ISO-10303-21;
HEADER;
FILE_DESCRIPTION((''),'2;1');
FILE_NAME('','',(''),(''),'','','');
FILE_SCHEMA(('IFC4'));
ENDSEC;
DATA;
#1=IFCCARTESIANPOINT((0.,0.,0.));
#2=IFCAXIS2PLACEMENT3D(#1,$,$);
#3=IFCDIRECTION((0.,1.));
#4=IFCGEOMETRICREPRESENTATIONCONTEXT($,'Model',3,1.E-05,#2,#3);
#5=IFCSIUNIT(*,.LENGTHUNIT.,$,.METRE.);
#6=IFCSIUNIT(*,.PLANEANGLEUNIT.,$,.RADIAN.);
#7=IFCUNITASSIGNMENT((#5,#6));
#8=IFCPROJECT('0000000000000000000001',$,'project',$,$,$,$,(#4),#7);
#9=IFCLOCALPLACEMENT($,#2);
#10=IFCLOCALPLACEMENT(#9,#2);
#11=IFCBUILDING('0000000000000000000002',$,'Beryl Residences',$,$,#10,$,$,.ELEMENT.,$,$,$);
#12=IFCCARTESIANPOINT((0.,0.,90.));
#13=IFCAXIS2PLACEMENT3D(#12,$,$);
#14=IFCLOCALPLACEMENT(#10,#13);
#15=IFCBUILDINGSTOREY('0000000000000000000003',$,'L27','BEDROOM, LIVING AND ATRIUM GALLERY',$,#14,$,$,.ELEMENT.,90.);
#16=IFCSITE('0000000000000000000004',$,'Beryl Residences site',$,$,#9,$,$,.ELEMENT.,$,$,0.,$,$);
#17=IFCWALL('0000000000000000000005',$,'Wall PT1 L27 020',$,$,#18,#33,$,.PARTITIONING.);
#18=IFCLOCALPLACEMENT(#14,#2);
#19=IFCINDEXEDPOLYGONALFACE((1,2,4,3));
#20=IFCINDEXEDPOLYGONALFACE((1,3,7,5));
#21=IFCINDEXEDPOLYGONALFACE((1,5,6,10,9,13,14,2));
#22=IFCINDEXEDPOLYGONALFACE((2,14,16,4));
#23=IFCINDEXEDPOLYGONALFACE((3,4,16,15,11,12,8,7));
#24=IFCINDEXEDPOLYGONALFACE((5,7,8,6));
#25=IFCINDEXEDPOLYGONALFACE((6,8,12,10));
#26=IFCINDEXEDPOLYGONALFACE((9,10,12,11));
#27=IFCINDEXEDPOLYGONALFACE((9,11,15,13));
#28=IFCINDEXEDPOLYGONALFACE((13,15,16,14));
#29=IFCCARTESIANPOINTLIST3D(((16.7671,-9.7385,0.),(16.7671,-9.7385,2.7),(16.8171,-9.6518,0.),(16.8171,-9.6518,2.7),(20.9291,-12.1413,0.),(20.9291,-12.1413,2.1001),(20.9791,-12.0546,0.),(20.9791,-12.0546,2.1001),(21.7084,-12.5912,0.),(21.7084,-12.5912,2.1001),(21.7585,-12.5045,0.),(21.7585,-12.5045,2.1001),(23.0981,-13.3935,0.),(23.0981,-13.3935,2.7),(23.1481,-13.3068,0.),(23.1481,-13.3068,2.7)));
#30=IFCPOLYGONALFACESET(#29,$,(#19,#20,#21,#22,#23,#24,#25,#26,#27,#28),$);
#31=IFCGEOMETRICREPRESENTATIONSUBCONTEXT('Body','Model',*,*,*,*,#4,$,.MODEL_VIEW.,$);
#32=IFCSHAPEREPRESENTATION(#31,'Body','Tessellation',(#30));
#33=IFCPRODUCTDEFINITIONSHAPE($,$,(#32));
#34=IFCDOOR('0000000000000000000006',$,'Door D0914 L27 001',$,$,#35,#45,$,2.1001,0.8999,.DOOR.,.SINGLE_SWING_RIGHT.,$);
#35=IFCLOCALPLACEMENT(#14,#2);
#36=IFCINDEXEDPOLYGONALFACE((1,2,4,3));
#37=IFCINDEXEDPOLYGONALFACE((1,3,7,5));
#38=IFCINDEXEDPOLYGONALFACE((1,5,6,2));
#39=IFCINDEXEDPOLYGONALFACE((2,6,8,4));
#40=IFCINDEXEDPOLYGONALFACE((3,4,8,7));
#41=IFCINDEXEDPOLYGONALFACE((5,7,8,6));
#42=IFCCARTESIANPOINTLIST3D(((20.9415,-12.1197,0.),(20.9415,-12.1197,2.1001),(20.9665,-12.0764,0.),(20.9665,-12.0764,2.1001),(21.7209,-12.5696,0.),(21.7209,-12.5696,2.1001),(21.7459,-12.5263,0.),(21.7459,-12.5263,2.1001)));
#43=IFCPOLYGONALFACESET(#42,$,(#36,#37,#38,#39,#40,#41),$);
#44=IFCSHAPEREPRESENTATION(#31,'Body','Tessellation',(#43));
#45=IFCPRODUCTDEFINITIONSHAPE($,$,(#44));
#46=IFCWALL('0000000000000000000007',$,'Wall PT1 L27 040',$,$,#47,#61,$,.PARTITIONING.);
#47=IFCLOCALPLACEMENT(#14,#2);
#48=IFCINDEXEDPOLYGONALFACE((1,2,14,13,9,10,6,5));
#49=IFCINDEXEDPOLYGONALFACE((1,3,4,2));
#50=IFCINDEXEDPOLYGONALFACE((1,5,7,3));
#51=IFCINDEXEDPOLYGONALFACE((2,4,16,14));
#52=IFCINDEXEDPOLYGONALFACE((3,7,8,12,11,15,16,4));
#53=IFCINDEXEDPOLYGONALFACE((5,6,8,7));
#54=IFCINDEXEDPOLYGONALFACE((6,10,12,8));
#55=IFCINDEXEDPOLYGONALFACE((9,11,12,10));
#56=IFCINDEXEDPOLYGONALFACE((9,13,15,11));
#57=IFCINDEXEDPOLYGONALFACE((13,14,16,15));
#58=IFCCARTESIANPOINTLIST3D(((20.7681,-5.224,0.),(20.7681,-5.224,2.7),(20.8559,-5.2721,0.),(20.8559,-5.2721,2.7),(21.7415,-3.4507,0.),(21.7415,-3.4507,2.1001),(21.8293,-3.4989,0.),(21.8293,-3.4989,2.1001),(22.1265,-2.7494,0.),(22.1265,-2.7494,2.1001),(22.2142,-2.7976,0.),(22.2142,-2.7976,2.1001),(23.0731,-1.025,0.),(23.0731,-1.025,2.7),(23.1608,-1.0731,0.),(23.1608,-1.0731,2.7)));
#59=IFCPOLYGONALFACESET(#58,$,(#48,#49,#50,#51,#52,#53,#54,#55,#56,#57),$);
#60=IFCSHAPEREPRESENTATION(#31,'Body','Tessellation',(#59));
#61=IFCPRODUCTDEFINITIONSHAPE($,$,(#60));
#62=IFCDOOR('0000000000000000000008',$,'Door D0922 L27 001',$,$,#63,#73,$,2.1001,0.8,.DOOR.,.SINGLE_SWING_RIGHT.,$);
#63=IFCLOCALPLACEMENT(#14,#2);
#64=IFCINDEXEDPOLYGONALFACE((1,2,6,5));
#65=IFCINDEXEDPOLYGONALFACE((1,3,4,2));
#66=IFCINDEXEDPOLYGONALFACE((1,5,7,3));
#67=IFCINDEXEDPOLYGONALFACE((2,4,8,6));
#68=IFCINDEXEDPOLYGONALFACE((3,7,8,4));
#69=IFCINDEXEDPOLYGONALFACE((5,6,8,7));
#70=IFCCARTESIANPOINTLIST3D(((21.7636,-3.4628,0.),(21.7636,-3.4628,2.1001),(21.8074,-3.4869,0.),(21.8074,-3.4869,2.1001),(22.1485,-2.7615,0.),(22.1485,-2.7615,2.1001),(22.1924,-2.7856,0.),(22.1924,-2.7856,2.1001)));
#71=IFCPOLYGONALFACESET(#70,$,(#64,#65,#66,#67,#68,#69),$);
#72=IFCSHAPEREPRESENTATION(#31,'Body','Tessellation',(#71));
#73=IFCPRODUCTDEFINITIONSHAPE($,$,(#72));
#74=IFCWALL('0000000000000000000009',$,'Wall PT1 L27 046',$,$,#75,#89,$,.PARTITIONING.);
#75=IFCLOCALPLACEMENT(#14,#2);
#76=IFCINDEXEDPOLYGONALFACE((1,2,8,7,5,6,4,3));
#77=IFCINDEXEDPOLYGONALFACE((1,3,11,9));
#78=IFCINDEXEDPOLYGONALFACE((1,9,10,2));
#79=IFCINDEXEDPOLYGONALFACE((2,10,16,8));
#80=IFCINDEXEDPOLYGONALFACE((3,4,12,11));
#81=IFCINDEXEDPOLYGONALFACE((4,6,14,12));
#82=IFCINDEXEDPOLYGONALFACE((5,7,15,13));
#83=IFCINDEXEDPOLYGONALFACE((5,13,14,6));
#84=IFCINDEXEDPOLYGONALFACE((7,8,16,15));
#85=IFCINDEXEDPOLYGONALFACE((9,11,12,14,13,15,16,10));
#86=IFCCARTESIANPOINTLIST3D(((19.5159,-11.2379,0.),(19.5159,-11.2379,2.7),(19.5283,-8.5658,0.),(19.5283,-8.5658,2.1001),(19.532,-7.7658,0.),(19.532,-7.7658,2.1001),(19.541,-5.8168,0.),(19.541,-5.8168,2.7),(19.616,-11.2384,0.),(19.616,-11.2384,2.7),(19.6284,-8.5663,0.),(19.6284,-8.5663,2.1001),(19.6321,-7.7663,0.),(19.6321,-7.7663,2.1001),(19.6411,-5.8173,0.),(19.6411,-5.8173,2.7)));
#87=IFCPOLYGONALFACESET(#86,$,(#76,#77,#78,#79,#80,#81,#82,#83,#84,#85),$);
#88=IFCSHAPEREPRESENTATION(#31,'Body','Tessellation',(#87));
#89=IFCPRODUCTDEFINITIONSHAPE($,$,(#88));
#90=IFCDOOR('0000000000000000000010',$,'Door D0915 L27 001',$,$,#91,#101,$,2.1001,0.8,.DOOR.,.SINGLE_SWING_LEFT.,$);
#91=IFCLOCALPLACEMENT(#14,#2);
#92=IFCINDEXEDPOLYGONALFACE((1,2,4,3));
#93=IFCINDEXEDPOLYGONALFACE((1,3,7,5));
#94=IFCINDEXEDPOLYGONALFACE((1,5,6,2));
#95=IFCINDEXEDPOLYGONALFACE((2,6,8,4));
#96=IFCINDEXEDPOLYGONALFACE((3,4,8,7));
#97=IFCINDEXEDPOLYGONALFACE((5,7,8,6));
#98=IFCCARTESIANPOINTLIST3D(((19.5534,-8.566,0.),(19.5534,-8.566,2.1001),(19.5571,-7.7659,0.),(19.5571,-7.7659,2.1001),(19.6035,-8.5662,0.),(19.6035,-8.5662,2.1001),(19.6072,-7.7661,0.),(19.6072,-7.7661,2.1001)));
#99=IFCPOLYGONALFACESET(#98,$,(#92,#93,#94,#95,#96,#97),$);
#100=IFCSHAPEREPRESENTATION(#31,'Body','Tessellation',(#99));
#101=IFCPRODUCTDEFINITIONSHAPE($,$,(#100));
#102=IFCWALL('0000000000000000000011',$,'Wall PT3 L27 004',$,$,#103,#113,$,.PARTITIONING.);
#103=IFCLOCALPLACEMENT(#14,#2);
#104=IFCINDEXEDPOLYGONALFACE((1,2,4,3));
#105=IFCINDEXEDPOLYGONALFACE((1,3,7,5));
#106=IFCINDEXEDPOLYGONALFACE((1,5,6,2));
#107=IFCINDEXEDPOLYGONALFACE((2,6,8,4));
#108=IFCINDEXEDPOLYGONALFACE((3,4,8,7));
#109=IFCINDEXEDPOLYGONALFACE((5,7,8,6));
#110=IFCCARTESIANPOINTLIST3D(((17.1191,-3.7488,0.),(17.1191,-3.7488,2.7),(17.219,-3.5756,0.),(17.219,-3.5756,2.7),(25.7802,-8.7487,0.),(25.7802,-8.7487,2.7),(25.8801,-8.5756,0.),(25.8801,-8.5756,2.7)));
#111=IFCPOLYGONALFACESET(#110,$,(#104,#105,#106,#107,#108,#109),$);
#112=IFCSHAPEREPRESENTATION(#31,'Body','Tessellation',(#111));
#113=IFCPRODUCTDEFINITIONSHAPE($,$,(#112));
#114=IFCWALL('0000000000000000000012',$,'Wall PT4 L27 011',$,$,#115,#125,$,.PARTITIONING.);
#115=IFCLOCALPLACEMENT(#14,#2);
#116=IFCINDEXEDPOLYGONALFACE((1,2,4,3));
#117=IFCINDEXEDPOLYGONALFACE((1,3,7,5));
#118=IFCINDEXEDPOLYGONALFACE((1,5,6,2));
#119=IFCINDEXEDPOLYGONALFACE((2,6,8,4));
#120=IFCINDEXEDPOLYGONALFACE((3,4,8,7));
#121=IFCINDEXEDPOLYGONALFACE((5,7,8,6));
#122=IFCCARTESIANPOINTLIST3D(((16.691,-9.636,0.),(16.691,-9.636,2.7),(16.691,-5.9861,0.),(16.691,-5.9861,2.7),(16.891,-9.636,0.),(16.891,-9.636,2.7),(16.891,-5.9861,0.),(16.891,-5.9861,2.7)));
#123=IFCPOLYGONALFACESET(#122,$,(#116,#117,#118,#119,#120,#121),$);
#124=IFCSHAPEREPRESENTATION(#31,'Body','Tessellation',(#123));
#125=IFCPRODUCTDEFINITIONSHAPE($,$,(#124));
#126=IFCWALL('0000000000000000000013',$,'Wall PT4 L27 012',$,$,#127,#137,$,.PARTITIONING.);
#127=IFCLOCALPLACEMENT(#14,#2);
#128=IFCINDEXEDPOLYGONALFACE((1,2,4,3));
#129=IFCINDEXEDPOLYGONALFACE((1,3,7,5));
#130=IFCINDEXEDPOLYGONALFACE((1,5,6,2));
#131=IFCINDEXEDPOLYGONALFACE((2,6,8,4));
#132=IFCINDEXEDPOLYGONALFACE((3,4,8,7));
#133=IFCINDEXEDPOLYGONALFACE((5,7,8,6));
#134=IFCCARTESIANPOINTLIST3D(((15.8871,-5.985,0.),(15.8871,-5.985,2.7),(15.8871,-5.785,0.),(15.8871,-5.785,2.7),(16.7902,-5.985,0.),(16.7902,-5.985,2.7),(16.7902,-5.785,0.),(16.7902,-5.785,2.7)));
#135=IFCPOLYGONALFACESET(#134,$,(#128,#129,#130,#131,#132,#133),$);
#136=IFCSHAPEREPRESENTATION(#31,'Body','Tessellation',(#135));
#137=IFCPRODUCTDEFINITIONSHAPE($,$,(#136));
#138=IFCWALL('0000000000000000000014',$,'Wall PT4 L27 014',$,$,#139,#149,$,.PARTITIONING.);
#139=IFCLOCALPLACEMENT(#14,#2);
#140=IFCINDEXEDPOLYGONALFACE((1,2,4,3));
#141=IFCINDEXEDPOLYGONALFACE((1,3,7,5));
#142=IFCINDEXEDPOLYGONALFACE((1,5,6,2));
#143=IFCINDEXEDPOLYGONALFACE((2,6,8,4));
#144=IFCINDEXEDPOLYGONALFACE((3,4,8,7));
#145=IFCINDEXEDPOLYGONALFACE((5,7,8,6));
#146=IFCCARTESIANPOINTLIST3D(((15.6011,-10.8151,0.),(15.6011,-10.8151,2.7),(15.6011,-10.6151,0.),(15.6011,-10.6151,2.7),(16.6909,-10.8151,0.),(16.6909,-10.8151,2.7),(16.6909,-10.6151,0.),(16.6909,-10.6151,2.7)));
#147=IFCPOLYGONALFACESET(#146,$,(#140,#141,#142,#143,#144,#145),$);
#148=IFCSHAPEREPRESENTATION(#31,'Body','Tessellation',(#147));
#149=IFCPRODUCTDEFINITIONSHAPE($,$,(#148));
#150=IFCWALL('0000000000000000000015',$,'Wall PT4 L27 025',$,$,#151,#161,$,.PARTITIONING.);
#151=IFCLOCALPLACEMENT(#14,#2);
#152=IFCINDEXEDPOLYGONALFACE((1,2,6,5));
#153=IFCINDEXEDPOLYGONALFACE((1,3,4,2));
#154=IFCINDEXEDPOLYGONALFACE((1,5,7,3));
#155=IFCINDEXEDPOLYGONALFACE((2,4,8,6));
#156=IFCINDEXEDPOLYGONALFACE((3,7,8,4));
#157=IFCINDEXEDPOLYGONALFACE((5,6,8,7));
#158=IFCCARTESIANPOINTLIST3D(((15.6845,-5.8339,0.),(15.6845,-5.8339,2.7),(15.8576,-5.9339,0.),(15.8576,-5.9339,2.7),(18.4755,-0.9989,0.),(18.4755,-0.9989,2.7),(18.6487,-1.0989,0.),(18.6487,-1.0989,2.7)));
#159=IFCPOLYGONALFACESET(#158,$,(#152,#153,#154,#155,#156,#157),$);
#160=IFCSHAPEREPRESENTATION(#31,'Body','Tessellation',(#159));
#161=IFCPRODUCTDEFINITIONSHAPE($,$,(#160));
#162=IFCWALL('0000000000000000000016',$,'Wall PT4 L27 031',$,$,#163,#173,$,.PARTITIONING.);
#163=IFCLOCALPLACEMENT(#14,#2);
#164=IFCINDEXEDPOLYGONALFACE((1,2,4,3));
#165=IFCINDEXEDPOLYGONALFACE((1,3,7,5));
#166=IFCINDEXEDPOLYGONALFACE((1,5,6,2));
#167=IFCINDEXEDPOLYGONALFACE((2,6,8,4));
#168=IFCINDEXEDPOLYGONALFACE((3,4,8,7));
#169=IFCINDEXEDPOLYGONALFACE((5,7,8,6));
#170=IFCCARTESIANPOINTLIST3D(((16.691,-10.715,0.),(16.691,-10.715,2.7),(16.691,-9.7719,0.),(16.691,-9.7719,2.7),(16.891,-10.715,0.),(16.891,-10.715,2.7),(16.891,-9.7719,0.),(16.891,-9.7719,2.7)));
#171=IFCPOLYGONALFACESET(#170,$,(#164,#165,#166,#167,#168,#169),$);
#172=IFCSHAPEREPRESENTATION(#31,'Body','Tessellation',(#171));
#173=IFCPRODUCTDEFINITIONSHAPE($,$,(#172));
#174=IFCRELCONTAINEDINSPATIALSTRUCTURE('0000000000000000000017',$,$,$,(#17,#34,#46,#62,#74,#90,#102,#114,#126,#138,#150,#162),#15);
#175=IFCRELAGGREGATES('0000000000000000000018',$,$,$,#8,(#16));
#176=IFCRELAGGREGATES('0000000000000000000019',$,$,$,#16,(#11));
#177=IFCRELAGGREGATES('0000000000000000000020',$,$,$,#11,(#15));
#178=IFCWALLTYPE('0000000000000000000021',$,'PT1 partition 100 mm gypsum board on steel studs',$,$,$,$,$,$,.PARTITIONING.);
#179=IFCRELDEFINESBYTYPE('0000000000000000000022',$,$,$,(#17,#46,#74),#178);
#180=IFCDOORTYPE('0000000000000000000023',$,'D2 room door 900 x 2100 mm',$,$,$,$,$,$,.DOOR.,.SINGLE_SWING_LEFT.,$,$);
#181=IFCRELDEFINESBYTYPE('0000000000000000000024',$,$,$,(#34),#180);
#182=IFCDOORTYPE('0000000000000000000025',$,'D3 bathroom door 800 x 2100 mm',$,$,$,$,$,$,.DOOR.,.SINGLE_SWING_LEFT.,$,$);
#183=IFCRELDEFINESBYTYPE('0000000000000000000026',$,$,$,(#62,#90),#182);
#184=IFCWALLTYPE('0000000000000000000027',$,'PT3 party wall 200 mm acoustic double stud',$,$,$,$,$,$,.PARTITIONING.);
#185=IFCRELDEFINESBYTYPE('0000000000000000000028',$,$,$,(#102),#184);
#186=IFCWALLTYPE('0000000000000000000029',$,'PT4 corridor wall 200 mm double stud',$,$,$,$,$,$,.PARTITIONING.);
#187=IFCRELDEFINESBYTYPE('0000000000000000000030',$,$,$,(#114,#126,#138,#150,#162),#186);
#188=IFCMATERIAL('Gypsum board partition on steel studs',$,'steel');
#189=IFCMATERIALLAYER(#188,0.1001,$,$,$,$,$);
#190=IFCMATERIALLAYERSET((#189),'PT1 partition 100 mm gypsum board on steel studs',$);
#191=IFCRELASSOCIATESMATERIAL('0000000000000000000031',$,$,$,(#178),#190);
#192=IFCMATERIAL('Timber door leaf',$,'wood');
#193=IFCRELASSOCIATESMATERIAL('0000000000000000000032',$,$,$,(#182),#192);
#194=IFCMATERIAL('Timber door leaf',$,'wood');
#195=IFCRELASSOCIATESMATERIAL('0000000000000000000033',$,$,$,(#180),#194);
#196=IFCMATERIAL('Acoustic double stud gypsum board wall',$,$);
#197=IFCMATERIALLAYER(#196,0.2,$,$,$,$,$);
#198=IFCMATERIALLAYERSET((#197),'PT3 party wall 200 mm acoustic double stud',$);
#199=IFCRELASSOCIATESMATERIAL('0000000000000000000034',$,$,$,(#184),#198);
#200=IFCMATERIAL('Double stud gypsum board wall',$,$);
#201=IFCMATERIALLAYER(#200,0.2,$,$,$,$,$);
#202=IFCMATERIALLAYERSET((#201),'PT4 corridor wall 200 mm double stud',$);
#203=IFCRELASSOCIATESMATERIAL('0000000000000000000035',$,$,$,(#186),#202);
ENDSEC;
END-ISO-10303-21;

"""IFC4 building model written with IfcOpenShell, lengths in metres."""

from ifc_helpers import new_model, si_unit, direction, frame, frame_2d, origin, place, context, subcontext, project, spatial, rectangle, extrude, material, layer, layer_set, type_object, element, fill, save


model = new_model("IFC4")

# Units and contexts
model_context = context("Model", 3, precision=1e-05, world=origin(), true_north=direction((0.0, 1.0)))
body_context = subcontext(model_context, "Body", "Model", "MODEL_VIEW")
ifc_project = project(units=[si_unit("LENGTHUNIT", "METRE"), si_unit("PLANEANGLEUNIT", "RADIAN")], contexts=[model_context])

# Site, building, storey
site_placement = place(None, origin())
site = spatial("IfcSite", under=ifc_project, at=site_placement, Name="Beryl Residences site", CompositionType="ELEMENT", RefElevation=0.0)
building_placement = place(site_placement, origin())
building = spatial("IfcBuilding", under=site, at=building_placement, Name="Beryl Residences", CompositionType="ELEMENT")
storey_placement = place(building_placement, frame((0.0, 0.0, 90.0)))
storey = spatial("IfcBuildingStorey", under=building, at=storey_placement, Name="L27", Description="BEDROOM, LIVING AND ATRIUM GALLERY", CompositionType="ELEMENT", Elevation=90.0)

# Shared definitions
ifc_material_1 = material(Name="Gypsum board partition on steel studs", Category="steel")
ifc_layer_1 = layer(ifc_material_1, 0.1001)
ifc_layer_set_1 = layer_set([ifc_layer_1], Name="PT1 partition 100 mm gypsum board on steel studs")
wall_type_1 = type_object("IfcWallType", Name="PT1 partition 100 mm gypsum board on steel studs", PredefinedType="PARTITIONING", material=ifc_layer_set_1)

# Walls, openings, doors
ifc_material_2 = material(Name="Timber door leaf", Category="wood")
door_type_1 = type_object("IfcDoorType", Name="D3 bathroom door 800 x 2100 mm", OperationType="SINGLE_SWING_LEFT", PredefinedType="DOOR", material=ifc_material_2)
wall_1_placement = place(storey_placement, frame((16.792, -9.6951, 0.0), z_axis=(0.0, 0.0, 1.0), x_axis=(0.866038, -0.499979, 0.0)))
wall_1 = element("IfcWall", 1, at=wall_1_placement, inside=storey, type_object=wall_type_1, Name="Wall PT1 L27 020", PredefinedType="PARTITIONING", context=body_context, shape_type="SweptSolid", body=[
    extrude(rectangle(XDim=7.3103, YDim=0.1001, at=frame_2d((3.6553, 0.0))), origin(), (0.0, 0.0, 1.0), 2.7),
])
opening_1_placement = place(wall_1_placement, frame((4.8059, 0.0, 0.0)))
opening_1 = element("IfcOpeningElement", 2, at=opening_1_placement, cuts=wall_1, PredefinedType="OPENING", context=body_context, shape_type="SweptSolid", body=[
    extrude(rectangle(XDim=0.8999, YDim=2.1001, at=frame_2d((0.45, 1.05))), frame((0.0, 0.0601, 0.0), z_axis=(0.0, -1.0, 0.0), x_axis=(1.0, 0.0, 0.0)), (0.0, 0.0, 1.0), 0.1201),
])
ifc_material_3 = material(Name="Timber door leaf", Category="wood")
door_type_2 = type_object("IfcDoorType", Name="D2 room door 900 x 2100 mm", OperationType="SINGLE_SWING_LEFT", PredefinedType="DOOR", material=ifc_material_3)
door_1_placement = place(opening_1_placement, origin())
door_1 = element("IfcDoor", 3, at=door_1_placement, inside=storey, type_object=door_type_2, Name="Door D0914 L27 001", OperationType="SINGLE_SWING_RIGHT", OverallHeight=2.1001, OverallWidth=0.8999, PredefinedType="DOOR", context=body_context, shape_type="SweptSolid", body=[
    extrude(rectangle(XDim=0.8999, YDim=2.1001, at=frame_2d((0.45, 1.05))), frame((0.0, 0.0249, 0.0), z_axis=(0.0, -1.0, 0.0), x_axis=(1.0, 0.0, 0.0)), (0.0, 0.0, 1.0), 0.05),
])
fill(opening_1, door_1)
wall_2_placement = place(storey_placement, frame((20.812, -5.248, 0.0), z_axis=(0.0, 0.0, 1.0), x_axis=(0.481197, 0.876613, 0.0)))
wall_2 = element("IfcWall", 4, at=wall_2_placement, inside=storey, type_object=wall_type_1, Name="Wall PT1 L27 040", PredefinedType="PARTITIONING", context=body_context, shape_type="SweptSolid", body=[
    extrude(rectangle(XDim=4.79, YDim=0.1001, at=frame_2d((2.395, 0.0))), origin(), (0.0, 0.0, 1.0), 2.7),
])
opening_2_placement = place(wall_2_placement, frame((2.0229, 0.0, 0.0)))
opening_2 = element("IfcOpeningElement", 5, at=opening_2_placement, cuts=wall_2, PredefinedType="OPENING", context=body_context, shape_type="SweptSolid", body=[
    extrude(rectangle(XDim=0.8, YDim=2.1001, at=frame_2d((0.3999, 1.05))), frame((0.0, 0.0601, 0.0), z_axis=(0.0, -1.0, 0.0), x_axis=(1.0, 0.0, 0.0)), (0.0, 0.0, 1.0), 0.1201),
])
door_2_placement = place(opening_2_placement, origin())
door_2 = element("IfcDoor", 6, at=door_2_placement, inside=storey, type_object=door_type_1, Name="Door D0922 L27 001", OperationType="SINGLE_SWING_RIGHT", OverallHeight=2.1001, OverallWidth=0.8, PredefinedType="DOOR", context=body_context, shape_type="SweptSolid", body=[
    extrude(rectangle(XDim=0.8, YDim=2.1001, at=frame_2d((0.3999, 1.05))), frame((0.0, 0.0249, 0.0), z_axis=(0.0, -1.0, 0.0), x_axis=(1.0, 0.0, 0.0)), (0.0, 0.0, 1.0), 0.05),
])
fill(opening_2, door_2)
wall_3_placement = place(storey_placement, frame((19.5659, -11.238, 0.0), z_axis=(0.0, 0.0, 1.0), x_axis=(0.004639, 0.999989, 0.0)))
wall_3 = element("IfcWall", 7, at=wall_3_placement, inside=storey, type_object=wall_type_1, Name="Wall PT1 L27 046", PredefinedType="PARTITIONING", context=body_context, shape_type="SweptSolid", body=[
    extrude(rectangle(XDim=5.4211, YDim=0.1001, at=frame_2d((2.7104, 0.0))), origin(), (0.0, 0.0, 1.0), 2.7),
])
opening_3_placement = place(wall_3_placement, frame((2.6721, 0.0, 0.0)))
opening_3 = element("IfcOpeningElement", 8, at=opening_3_placement, cuts=wall_3, PredefinedType="OPENING", context=body_context, shape_type="SweptSolid", body=[
    extrude(rectangle(XDim=0.8, YDim=2.1001, at=frame_2d((0.3999, 1.05))), frame((0.0, 0.0601, 0.0), z_axis=(0.0, -1.0, 0.0), x_axis=(1.0, 0.0, 0.0)), (0.0, 0.0, 1.0), 0.1201),
])
door_3_placement = place(opening_3_placement, origin())
door_3 = element("IfcDoor", 9, at=door_3_placement, inside=storey, type_object=door_type_1, Name="Door D0915 L27 001", OperationType="SINGLE_SWING_LEFT", OverallHeight=2.1001, OverallWidth=0.8, PredefinedType="DOOR", context=body_context, shape_type="SweptSolid", body=[
    extrude(rectangle(XDim=0.8, YDim=2.1001, at=frame_2d((0.3999, 1.05))), frame((0.0, 0.0249, 0.0), z_axis=(0.0, -1.0, 0.0), x_axis=(1.0, 0.0, 0.0)), (0.0, 0.0, 1.0), 0.05),
])
fill(opening_3, door_3)

# Walls
ifc_material_4 = material(Name="Acoustic double stud gypsum board wall")
ifc_layer_2 = layer(ifc_material_4, 0.2)
ifc_layer_set_2 = layer_set([ifc_layer_2], Name="PT3 party wall 200 mm acoustic double stud")
wall_type_2 = type_object("IfcWallType", Name="PT3 party wall 200 mm acoustic double stud", PredefinedType="PARTITIONING", material=ifc_layer_set_2)
wall_4_placement = place(storey_placement, frame((17.1689, -3.6621, 0.0), z_axis=(0.0, 0.0, 1.0), x_axis=(0.866047, -0.499962, 0.0)))
element("IfcWall", 10, at=wall_4_placement, inside=storey, type_object=wall_type_2, Name="Wall PT3 L27 004", PredefinedType="PARTITIONING", context=body_context, shape_type="SweptSolid", body=[
    extrude(rectangle(XDim=10.0007, YDim=0.2, at=frame_2d((5.0005, 0.0))), origin(), (0.0, 0.0, 1.0), 2.7),
])
ifc_material_5 = material(Name="Double stud gypsum board wall")
ifc_layer_3 = layer(ifc_material_5, 0.2)
ifc_layer_set_3 = layer_set([ifc_layer_3], Name="PT4 corridor wall 200 mm double stud")
wall_type_3 = type_object("IfcWallType", Name="PT4 corridor wall 200 mm double stud", PredefinedType="PARTITIONING", material=ifc_layer_set_3)
wall_5_placement = place(storey_placement, frame((16.791, -5.9861, 0.0), z_axis=(0.0, 0.0, 1.0), x_axis=(0.0, -1.0, 0.0)))
element("IfcWall", 11, at=wall_5_placement, inside=storey, type_object=wall_type_3, Name="Wall PT4 L27 011", PredefinedType="PARTITIONING", context=body_context, shape_type="SweptSolid", body=[
    extrude(rectangle(XDim=3.6499, YDim=0.2, at=frame_2d((1.825, 0.0))), origin(), (0.0, 0.0, 1.0), 2.7),
])
wall_6_placement = place(storey_placement, frame((15.887, -5.885, 0.0), z_axis=(0.0, 0.0, 1.0), x_axis=(1.0, 0.0, 0.0)))
element("IfcWall", 12, at=wall_6_placement, inside=storey, type_object=wall_type_3, Name="Wall PT4 L27 012", PredefinedType="PARTITIONING", context=body_context, shape_type="SweptSolid", body=[
    extrude(rectangle(XDim=0.9031, YDim=0.2, at=frame_2d((0.4517, 0.0))), origin(), (0.0, 0.0, 1.0), 2.7),
])
wall_7_placement = place(storey_placement, frame((15.6011, -10.7151, 0.0), z_axis=(0.0, 0.0, 1.0), x_axis=(1.0, 0.0, 0.0)))
element("IfcWall", 13, at=wall_7_placement, inside=storey, type_object=wall_type_3, Name="Wall PT4 L27 014", PredefinedType="PARTITIONING", context=body_context, shape_type="SweptSolid", body=[
    extrude(rectangle(XDim=1.0898, YDim=0.2, at=frame_2d((0.5449, 0.0))), origin(), (0.0, 0.0, 1.0), 2.7),
])
wall_8_placement = place(storey_placement, frame((15.771, -5.884, 0.0), z_axis=(0.0, 0.0, 1.0), x_axis=(0.499939, 0.86606, 0.0)))
element("IfcWall", 14, at=wall_8_placement, inside=storey, type_object=wall_type_3, Name="Wall PT4 L27 025", PredefinedType="PARTITIONING", context=body_context, shape_type="SweptSolid", body=[
    extrude(rectangle(XDim=5.5828, YDim=0.2, at=frame_2d((2.7915, 0.0))), origin(), (0.0, 0.0, 1.0), 2.7),
])
wall_9_placement = place(storey_placement, frame((16.791, -10.7151, 0.0), z_axis=(0.0, 0.0, 1.0), x_axis=(0.0, 1.0, 0.0)))
element("IfcWall", 15, at=wall_9_placement, inside=storey, type_object=wall_type_3, Name="Wall PT4 L27 031", PredefinedType="PARTITIONING", context=body_context, shape_type="SweptSolid", body=[
    extrude(rectangle(XDim=0.9431, YDim=0.2, at=frame_2d((0.4717, 0.0))), origin(), (0.0, 0.0, 1.0), 2.7),
])

save(model, "model.ifc")
